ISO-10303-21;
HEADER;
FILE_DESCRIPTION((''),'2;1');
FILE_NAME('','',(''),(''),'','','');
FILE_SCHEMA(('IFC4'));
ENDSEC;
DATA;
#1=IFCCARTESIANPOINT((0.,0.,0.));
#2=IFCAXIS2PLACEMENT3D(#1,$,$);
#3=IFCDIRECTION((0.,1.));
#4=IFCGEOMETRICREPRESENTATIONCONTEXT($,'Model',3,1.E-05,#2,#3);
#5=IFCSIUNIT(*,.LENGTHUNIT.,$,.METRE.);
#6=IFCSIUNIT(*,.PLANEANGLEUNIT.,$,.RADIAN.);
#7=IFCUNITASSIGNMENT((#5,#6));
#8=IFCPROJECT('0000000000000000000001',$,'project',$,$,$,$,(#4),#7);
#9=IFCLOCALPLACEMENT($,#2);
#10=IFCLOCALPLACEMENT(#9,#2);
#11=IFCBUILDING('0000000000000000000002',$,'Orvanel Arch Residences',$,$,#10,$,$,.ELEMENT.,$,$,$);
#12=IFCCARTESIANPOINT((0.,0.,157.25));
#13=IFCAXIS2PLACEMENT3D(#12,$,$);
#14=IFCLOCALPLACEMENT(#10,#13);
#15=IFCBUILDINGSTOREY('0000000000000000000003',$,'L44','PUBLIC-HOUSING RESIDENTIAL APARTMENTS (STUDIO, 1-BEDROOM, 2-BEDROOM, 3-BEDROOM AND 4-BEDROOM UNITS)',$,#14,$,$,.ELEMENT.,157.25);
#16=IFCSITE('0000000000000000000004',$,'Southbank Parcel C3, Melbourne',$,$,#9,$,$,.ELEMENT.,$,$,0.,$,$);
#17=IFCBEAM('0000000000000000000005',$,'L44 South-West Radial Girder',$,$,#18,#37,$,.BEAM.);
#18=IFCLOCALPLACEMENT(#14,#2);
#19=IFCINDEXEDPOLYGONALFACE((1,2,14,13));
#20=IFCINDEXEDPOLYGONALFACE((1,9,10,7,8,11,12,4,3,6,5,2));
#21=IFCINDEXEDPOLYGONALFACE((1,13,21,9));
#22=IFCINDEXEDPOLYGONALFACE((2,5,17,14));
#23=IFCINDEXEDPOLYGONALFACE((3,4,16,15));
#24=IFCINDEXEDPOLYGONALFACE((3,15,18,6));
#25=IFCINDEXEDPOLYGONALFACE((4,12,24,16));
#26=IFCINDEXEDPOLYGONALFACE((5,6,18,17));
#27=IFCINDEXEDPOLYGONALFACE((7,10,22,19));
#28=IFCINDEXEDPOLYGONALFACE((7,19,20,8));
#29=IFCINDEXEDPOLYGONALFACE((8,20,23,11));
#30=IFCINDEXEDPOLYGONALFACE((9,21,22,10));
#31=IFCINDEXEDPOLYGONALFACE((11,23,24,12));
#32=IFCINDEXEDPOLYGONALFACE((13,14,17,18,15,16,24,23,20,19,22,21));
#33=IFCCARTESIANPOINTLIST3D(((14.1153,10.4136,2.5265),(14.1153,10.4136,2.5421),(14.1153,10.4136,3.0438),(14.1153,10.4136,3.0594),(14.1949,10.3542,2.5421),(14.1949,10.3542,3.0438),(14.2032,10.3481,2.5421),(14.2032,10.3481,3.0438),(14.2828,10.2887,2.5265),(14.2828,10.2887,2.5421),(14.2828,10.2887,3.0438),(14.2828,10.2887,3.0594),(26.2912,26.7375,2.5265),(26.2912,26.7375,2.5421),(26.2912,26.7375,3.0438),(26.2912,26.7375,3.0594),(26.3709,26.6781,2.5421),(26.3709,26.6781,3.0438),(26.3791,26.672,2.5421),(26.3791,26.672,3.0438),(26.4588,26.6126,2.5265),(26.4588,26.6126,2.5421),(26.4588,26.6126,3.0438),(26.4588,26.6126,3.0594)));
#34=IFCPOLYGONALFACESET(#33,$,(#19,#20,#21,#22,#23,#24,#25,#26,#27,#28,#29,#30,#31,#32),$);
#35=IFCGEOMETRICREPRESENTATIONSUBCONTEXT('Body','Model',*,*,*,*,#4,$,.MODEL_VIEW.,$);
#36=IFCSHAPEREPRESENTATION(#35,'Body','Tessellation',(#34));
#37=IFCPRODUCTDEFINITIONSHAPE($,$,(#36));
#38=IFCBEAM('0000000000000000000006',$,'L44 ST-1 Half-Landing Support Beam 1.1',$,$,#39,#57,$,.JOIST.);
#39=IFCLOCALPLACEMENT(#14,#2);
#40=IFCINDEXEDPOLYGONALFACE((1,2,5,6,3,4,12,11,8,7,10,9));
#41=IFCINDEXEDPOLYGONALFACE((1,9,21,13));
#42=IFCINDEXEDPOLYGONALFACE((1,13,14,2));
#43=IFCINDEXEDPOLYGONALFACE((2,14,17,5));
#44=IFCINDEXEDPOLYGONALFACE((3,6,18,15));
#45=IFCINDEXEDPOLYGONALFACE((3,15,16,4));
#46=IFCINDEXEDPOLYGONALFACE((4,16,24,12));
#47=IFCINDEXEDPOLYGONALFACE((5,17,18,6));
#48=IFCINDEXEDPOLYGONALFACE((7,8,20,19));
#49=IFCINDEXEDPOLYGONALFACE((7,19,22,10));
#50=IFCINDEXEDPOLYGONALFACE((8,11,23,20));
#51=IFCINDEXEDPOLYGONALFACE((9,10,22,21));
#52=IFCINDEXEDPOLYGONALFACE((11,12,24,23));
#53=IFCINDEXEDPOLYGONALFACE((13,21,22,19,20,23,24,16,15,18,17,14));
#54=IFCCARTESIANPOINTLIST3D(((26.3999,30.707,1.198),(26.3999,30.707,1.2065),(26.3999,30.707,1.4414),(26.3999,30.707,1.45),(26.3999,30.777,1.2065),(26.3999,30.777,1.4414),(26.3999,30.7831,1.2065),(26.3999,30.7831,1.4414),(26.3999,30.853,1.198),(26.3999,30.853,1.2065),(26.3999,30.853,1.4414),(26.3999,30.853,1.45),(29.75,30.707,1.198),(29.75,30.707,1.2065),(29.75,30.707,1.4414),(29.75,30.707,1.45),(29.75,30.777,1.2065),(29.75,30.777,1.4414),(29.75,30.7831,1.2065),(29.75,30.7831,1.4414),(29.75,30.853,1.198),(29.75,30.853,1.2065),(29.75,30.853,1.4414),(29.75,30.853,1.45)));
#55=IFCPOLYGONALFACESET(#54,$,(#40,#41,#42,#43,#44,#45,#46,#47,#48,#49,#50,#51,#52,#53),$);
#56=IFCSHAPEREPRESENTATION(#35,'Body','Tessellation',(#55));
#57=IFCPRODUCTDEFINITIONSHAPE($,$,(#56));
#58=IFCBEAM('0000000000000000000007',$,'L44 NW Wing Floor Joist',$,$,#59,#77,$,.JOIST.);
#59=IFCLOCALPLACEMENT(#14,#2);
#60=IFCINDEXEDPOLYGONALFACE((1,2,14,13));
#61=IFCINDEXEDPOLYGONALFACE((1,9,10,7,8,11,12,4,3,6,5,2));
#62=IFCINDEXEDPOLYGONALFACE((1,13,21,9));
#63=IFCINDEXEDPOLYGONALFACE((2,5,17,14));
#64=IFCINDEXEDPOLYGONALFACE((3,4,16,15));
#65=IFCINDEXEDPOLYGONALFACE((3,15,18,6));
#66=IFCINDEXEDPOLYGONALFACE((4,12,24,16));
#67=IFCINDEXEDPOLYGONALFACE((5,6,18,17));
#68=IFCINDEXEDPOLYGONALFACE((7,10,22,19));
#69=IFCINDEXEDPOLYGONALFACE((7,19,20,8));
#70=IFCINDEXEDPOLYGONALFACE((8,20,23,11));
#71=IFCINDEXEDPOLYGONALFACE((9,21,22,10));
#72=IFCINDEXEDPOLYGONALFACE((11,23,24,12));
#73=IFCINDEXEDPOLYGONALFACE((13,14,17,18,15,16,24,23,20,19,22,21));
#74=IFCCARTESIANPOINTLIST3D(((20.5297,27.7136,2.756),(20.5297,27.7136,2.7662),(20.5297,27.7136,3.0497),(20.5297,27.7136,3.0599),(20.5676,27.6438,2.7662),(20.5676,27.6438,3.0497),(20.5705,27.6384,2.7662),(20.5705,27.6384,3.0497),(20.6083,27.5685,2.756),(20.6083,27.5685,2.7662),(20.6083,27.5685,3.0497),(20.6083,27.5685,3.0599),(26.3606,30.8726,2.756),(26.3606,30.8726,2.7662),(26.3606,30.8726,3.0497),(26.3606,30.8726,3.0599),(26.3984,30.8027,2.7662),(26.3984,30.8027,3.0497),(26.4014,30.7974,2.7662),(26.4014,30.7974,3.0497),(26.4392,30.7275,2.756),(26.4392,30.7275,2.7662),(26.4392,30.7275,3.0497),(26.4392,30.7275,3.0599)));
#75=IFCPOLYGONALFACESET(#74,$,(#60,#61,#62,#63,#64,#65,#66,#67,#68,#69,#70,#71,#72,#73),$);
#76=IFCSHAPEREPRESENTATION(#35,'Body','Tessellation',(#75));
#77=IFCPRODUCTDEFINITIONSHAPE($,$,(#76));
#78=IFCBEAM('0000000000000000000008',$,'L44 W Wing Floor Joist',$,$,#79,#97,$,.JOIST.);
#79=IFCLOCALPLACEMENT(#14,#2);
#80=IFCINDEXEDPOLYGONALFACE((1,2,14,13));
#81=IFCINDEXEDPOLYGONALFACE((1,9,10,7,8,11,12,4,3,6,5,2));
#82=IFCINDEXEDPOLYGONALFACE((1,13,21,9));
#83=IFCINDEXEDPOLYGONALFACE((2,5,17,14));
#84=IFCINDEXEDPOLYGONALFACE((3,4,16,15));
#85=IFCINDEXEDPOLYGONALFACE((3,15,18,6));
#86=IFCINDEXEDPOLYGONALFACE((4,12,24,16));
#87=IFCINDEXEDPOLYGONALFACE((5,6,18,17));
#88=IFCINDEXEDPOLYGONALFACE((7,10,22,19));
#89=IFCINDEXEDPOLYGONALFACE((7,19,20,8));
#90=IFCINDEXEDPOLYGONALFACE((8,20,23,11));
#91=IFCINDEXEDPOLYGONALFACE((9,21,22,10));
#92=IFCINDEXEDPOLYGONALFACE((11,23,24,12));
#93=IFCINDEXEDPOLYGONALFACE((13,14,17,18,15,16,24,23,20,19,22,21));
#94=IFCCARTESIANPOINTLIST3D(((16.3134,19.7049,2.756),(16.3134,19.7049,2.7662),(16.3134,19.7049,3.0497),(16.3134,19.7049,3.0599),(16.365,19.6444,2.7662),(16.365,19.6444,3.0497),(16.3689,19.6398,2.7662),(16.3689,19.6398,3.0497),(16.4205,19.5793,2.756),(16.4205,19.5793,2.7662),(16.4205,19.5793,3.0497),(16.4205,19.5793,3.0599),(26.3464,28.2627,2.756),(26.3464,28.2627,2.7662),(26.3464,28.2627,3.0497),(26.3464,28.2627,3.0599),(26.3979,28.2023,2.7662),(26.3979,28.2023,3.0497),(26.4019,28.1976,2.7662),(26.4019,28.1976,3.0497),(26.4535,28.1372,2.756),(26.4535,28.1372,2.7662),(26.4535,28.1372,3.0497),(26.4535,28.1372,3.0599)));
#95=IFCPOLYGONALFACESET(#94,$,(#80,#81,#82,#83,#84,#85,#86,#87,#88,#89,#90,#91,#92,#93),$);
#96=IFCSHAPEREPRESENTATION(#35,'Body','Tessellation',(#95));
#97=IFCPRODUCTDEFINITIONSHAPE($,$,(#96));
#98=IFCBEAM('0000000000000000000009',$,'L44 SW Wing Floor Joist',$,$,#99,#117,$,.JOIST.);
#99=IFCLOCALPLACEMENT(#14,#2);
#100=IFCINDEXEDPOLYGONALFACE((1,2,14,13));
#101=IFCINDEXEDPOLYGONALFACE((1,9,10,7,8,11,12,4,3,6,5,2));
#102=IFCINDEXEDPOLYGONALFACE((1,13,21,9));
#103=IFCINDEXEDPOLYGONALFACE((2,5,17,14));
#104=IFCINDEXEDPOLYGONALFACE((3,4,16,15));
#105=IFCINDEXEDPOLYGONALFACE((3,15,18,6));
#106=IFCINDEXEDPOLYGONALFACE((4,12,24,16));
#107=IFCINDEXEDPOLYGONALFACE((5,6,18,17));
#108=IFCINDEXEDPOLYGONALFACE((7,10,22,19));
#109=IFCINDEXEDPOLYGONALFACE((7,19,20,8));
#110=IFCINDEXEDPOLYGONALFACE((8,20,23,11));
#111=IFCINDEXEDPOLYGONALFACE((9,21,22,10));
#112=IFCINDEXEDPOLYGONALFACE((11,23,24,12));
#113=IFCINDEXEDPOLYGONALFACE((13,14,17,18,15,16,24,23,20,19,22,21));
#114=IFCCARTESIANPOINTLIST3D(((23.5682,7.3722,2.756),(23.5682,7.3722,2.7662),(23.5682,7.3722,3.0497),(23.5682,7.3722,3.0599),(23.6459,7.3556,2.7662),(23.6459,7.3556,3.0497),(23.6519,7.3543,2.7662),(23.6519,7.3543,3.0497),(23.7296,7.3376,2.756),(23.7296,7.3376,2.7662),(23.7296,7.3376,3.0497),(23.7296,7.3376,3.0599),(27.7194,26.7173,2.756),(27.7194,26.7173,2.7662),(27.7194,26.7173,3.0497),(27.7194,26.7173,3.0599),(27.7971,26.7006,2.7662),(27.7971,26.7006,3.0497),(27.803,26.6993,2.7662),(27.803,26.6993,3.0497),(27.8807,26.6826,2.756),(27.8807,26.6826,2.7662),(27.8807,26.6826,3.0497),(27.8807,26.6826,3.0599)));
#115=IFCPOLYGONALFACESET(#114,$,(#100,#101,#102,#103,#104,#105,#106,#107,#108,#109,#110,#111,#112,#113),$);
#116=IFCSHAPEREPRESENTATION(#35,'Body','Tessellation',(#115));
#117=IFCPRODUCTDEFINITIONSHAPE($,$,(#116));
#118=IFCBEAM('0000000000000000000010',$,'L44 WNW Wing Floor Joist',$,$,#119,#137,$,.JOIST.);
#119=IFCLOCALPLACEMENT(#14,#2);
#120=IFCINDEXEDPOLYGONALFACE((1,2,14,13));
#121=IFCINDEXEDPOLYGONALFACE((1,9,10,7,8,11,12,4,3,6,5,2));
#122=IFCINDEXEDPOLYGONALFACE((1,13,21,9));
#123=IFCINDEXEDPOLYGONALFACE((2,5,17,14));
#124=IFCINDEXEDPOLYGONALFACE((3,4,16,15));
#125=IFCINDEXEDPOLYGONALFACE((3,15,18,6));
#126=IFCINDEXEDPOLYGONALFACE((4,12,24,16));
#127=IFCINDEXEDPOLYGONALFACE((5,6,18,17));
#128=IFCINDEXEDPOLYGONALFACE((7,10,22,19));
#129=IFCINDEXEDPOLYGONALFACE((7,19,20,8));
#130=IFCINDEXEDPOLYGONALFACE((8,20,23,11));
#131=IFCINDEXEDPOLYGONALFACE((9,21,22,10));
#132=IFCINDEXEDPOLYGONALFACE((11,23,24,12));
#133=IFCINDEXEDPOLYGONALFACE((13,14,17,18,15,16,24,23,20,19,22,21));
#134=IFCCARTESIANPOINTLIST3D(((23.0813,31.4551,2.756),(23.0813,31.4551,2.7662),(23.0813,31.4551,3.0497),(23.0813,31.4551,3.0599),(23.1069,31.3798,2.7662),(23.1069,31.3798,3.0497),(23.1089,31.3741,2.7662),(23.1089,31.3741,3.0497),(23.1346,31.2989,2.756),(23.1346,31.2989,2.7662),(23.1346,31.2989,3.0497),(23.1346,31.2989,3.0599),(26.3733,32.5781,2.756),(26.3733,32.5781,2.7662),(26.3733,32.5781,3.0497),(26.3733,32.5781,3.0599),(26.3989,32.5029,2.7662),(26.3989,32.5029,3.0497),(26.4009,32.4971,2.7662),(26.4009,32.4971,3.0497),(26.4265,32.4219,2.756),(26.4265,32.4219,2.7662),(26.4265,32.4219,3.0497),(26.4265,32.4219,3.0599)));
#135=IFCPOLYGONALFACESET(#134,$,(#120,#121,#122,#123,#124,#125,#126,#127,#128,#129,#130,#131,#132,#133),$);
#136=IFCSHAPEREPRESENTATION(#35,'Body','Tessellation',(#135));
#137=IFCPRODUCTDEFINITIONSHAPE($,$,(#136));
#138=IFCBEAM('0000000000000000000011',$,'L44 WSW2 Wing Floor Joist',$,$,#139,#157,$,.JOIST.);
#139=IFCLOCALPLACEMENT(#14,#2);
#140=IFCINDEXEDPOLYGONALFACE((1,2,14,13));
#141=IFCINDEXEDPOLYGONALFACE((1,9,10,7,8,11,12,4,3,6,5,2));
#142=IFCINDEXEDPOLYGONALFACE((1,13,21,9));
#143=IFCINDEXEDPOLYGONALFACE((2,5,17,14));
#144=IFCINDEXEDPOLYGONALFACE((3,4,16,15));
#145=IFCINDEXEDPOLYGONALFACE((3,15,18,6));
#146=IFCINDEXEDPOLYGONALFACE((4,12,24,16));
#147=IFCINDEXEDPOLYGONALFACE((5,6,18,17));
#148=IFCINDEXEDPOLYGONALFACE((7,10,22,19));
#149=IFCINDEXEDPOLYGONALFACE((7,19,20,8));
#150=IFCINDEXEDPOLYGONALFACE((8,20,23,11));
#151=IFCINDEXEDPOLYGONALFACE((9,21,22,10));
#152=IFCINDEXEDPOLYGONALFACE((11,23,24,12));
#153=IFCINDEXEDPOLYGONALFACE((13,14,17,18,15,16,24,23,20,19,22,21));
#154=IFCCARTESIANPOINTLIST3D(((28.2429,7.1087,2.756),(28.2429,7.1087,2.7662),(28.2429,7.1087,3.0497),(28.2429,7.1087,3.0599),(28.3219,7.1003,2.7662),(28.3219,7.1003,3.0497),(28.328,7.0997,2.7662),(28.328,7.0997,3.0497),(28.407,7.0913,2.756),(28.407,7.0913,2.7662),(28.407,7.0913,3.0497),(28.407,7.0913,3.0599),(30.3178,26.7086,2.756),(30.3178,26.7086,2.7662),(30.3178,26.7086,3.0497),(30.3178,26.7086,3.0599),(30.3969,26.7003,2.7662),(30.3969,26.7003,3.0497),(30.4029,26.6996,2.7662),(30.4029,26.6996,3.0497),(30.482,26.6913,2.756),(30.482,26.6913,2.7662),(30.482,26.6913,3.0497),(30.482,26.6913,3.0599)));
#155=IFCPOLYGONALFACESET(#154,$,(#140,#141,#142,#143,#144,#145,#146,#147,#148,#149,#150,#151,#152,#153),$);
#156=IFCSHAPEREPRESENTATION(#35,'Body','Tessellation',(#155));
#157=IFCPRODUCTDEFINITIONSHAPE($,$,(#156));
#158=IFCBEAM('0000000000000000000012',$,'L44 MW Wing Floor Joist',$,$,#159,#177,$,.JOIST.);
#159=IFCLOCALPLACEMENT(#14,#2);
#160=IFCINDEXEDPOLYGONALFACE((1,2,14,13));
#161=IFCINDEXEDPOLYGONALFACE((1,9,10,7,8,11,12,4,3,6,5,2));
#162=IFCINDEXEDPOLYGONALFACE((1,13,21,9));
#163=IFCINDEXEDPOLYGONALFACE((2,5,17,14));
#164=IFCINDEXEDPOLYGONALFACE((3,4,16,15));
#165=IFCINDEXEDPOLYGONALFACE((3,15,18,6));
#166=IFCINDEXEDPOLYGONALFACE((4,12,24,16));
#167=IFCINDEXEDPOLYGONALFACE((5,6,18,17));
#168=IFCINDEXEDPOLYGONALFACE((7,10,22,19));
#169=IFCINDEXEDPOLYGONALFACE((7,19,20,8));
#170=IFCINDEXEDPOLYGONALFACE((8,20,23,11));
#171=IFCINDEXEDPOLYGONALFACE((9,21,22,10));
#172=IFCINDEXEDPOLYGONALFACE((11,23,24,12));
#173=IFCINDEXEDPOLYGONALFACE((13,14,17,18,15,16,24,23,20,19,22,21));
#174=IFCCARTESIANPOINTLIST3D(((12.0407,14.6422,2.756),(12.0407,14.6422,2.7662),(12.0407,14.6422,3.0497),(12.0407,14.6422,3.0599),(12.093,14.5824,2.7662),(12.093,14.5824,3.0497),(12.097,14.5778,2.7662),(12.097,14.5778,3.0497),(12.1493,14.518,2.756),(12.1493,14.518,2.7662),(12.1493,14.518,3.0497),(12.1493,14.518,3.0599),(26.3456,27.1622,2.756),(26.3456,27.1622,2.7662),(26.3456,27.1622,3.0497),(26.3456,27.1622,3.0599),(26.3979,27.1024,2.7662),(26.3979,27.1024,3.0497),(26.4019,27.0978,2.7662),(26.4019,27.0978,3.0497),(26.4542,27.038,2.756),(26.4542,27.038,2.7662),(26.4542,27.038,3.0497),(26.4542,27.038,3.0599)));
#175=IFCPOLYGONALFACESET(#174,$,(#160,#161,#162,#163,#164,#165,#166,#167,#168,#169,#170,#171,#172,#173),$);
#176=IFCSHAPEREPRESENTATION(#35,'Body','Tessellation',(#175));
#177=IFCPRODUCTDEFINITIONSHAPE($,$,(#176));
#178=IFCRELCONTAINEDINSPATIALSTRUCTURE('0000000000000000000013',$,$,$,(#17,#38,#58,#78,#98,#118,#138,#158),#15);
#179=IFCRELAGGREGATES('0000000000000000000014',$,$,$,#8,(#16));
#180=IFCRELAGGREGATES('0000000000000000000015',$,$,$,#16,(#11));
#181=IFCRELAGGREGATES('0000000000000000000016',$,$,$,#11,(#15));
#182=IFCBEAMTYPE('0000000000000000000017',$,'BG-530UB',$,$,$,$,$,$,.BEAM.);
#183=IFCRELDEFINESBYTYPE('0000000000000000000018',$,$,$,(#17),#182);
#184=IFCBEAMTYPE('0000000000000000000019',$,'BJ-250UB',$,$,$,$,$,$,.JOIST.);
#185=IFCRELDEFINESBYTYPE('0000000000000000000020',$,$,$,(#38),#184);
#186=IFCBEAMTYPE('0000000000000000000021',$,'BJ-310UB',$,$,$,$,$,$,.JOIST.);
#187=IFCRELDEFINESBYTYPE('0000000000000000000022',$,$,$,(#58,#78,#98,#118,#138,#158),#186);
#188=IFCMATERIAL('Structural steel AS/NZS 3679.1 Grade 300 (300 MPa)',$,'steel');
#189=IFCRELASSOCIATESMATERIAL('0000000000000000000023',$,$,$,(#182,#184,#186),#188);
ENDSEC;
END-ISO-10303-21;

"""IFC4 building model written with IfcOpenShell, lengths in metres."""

from ifc_helpers import new_model, si_unit, direction, frame, origin, origin_2d, place, context, subcontext, project, spatial, i_section, extrude, material, material_profile, profile_set, type_object, element, save


model = new_model("IFC4")

# Units and contexts
model_context = context("Model", 3, precision=1e-05, world=origin(), true_north=direction((0.0, 1.0)))
body_context = subcontext(model_context, "Body", "Model", "MODEL_VIEW")
ifc_project = project(units=[si_unit("LENGTHUNIT", "METRE"), si_unit("PLANEANGLEUNIT", "RADIAN")], contexts=[model_context])

# Site, building, storey
site_placement = place(None, origin())
site = spatial("IfcSite", under=ifc_project, at=site_placement, Name="Southbank Parcel C3, Melbourne", CompositionType="ELEMENT", RefElevation=0.0)
building_placement = place(site_placement, origin())
building = spatial("IfcBuilding", under=site, at=building_placement, Name="Orvanel Arch Residences", CompositionType="ELEMENT")
storey_placement = place(building_placement, frame((0.0, 0.0, 157.25)))
storey = spatial("IfcBuildingStorey", under=building, at=storey_placement, Name="L44", Description="PUBLIC-HOUSING RESIDENTIAL APARTMENTS (STUDIO, 1-BEDROOM, 2-BEDROOM, 3-BEDROOM AND 4-BEDROOM UNITS)", CompositionType="ELEMENT", Elevation=157.25)

# Beams
ifc_material_1 = material(Name="Structural steel AS/NZS 3679.1 Grade 300 (300 MPa)", Category="steel")
ifc_material_profile_1 = material_profile(ifc_material_1, i_section(OverallWidth=0.209, OverallDepth=0.533, WebThickness=0.0103, FlangeThickness=0.0156, at=origin_2d()), Name="530UB92.4")
ifc_profile_set_1 = profile_set([ifc_material_profile_1], Name="Structural steel AS/NZS 3679.1 Grade 300 (300 MPa)")
beam_type_1 = type_object("IfcBeamType", Name="BG-530UB", PredefinedType="BEAM", material=ifc_profile_set_1)
beam_1_placement = place(storey_placement, frame((26.375, 26.675, 2.793), z_axis=(-0.597894, -0.801575, 0.0), x_axis=(0.801575, -0.597894, 0.0)))
element("IfcBeam", 1, at=beam_1_placement, inside=storey, type_object=beam_type_1, Name="L44 South-West Radial Girder", PredefinedType="BEAM", context=body_context, shape_type="SweptSolid", body=[
    extrude(i_section(OverallWidth=0.209, OverallDepth=0.533, WebThickness=0.0103, FlangeThickness=0.0156, at=origin_2d()), origin(), (0.0, 0.0, 1.0), 20.3647),
])
ifc_material_profile_2 = material_profile(ifc_material_1, i_section(OverallWidth=0.146, OverallDepth=0.252, WebThickness=0.0061, FlangeThickness=0.0085, at=origin_2d()), Name="250UB31.4")
ifc_profile_set_2 = profile_set([ifc_material_profile_2], Name="Structural steel AS/NZS 3679.1 Grade 300 (300 MPa)")
beam_type_2 = type_object("IfcBeamType", Name="BJ-250UB", PredefinedType="JOIST", material=ifc_profile_set_2)
beam_2_placement = place(storey_placement, frame((26.3999, 30.78, 1.324), z_axis=(1.0, 0.0, 0.0), x_axis=(0.0, 1.0, 0.0)))
element("IfcBeam", 2, at=beam_2_placement, inside=storey, type_object=beam_type_2, Name="L44 ST-1 Half-Landing Support Beam 1.1", PredefinedType="JOIST", context=body_context, shape_type="SweptSolid", body=[
    extrude(i_section(OverallWidth=0.146, OverallDepth=0.252, WebThickness=0.0061, FlangeThickness=0.0085, at=origin_2d()), origin(), (0.0, 0.0, 1.0), 3.3501),
])
ifc_material_profile_3 = material_profile(ifc_material_1, i_section(OverallWidth=0.165, OverallDepth=0.304, WebThickness=0.0061, FlangeThickness=0.0103, at=origin_2d()), Name="310UB40.4")
ifc_profile_set_3 = profile_set([ifc_material_profile_3], Name="Structural steel AS/NZS 3679.1 Grade 300 (300 MPa)")
beam_type_3 = type_object("IfcBeamType", Name="BJ-310UB", PredefinedType="JOIST", material=ifc_profile_set_3)
beam_3_placement = place(storey_placement, frame((26.3999, 30.8, 2.908), z_axis=(-0.879255, -0.476351, 0.0), x_axis=(0.476351, -0.879255, 0.0)))
element("IfcBeam", 3, at=beam_3_placement, inside=storey, type_object=beam_type_3, Name="L44 NW Wing Floor Joist", PredefinedType="JOIST", context=body_context, shape_type="SweptSolid", body=[
    extrude(i_section(OverallWidth=0.165, OverallDepth=0.304, WebThickness=0.0061, FlangeThickness=0.0103, at=origin_2d()), origin(), (0.0, 0.0, 1.0), 6.6316),
])
beam_4_placement = place(storey_placement, frame((26.3999, 28.2, 2.908), z_axis=(-0.760821, -0.648961, 0.0), x_axis=(0.648961, -0.760821, 0.0)))
element("IfcBeam", 4, at=beam_4_placement, inside=storey, type_object=beam_type_3, Name="L44 W Wing Floor Joist", PredefinedType="JOIST", context=body_context, shape_type="SweptSolid", body=[
    extrude(i_section(OverallWidth=0.165, OverallDepth=0.304, WebThickness=0.0061, FlangeThickness=0.0103, at=origin_2d()), origin(), (0.0, 0.0, 1.0), 13.187),
])
beam_5_placement = place(storey_placement, frame((27.8, 26.7, 2.908), z_axis=(-0.209808, -0.977743, 0.0), x_axis=(0.977743, -0.209808, 0.0)))
element("IfcBeam", 5, at=beam_5_placement, inside=storey, type_object=beam_type_3, Name="L44 SW Wing Floor Joist", PredefinedType="JOIST", context=body_context, shape_type="SweptSolid", body=[
    extrude(i_section(OverallWidth=0.165, OverallDepth=0.304, WebThickness=0.0061, FlangeThickness=0.0103, at=origin_2d()), origin(), (0.0, 0.0, 1.0), 19.7854),
])
beam_6_placement = place(storey_placement, frame((26.3999, 32.5, 2.908), z_axis=(-0.946442, -0.322874, 0.0), x_axis=(0.322874, -0.946442, 0.0)))
element("IfcBeam", 6, at=beam_6_placement, inside=storey, type_object=beam_type_3, Name="L44 WNW Wing Floor Joist", PredefinedType="JOIST", context=body_context, shape_type="SweptSolid", body=[
    extrude(i_section(OverallWidth=0.165, OverallDepth=0.304, WebThickness=0.0061, FlangeThickness=0.0103, at=origin_2d()), origin(), (0.0, 0.0, 1.0), 3.4783),
])
beam_7_placement = place(storey_placement, frame((30.3999, 26.7, 2.908), z_axis=(-0.105277, -0.994443, 0.0), x_axis=(0.994443, -0.105277, 0.0)))
element("IfcBeam", 7, at=beam_7_placement, inside=storey, type_object=beam_type_3, Name="L44 WSW2 Wing Floor Joist", PredefinedType="JOIST", context=body_context, shape_type="SweptSolid", body=[
    extrude(i_section(OverallWidth=0.165, OverallDepth=0.304, WebThickness=0.0061, FlangeThickness=0.0103, at=origin_2d()), origin(), (0.0, 0.0, 1.0), 19.7095),
])
beam_8_placement = place(storey_placement, frame((26.3999, 27.1001, 2.908), z_axis=(-0.752493, -0.6586, 0.0), x_axis=(0.6586, -0.752493, 0.0)))
element("IfcBeam", 8, at=beam_8_placement, inside=storey, type_object=beam_type_3, Name="L44 MW Wing Floor Joist", PredefinedType="JOIST", context=body_context, shape_type="SweptSolid", body=[
    extrude(i_section(OverallWidth=0.165, OverallDepth=0.304, WebThickness=0.0061, FlangeThickness=0.0103, at=origin_2d()), origin(), (0.0, 0.0, 1.0), 19.01),
])

save(model, "model.ifc")
